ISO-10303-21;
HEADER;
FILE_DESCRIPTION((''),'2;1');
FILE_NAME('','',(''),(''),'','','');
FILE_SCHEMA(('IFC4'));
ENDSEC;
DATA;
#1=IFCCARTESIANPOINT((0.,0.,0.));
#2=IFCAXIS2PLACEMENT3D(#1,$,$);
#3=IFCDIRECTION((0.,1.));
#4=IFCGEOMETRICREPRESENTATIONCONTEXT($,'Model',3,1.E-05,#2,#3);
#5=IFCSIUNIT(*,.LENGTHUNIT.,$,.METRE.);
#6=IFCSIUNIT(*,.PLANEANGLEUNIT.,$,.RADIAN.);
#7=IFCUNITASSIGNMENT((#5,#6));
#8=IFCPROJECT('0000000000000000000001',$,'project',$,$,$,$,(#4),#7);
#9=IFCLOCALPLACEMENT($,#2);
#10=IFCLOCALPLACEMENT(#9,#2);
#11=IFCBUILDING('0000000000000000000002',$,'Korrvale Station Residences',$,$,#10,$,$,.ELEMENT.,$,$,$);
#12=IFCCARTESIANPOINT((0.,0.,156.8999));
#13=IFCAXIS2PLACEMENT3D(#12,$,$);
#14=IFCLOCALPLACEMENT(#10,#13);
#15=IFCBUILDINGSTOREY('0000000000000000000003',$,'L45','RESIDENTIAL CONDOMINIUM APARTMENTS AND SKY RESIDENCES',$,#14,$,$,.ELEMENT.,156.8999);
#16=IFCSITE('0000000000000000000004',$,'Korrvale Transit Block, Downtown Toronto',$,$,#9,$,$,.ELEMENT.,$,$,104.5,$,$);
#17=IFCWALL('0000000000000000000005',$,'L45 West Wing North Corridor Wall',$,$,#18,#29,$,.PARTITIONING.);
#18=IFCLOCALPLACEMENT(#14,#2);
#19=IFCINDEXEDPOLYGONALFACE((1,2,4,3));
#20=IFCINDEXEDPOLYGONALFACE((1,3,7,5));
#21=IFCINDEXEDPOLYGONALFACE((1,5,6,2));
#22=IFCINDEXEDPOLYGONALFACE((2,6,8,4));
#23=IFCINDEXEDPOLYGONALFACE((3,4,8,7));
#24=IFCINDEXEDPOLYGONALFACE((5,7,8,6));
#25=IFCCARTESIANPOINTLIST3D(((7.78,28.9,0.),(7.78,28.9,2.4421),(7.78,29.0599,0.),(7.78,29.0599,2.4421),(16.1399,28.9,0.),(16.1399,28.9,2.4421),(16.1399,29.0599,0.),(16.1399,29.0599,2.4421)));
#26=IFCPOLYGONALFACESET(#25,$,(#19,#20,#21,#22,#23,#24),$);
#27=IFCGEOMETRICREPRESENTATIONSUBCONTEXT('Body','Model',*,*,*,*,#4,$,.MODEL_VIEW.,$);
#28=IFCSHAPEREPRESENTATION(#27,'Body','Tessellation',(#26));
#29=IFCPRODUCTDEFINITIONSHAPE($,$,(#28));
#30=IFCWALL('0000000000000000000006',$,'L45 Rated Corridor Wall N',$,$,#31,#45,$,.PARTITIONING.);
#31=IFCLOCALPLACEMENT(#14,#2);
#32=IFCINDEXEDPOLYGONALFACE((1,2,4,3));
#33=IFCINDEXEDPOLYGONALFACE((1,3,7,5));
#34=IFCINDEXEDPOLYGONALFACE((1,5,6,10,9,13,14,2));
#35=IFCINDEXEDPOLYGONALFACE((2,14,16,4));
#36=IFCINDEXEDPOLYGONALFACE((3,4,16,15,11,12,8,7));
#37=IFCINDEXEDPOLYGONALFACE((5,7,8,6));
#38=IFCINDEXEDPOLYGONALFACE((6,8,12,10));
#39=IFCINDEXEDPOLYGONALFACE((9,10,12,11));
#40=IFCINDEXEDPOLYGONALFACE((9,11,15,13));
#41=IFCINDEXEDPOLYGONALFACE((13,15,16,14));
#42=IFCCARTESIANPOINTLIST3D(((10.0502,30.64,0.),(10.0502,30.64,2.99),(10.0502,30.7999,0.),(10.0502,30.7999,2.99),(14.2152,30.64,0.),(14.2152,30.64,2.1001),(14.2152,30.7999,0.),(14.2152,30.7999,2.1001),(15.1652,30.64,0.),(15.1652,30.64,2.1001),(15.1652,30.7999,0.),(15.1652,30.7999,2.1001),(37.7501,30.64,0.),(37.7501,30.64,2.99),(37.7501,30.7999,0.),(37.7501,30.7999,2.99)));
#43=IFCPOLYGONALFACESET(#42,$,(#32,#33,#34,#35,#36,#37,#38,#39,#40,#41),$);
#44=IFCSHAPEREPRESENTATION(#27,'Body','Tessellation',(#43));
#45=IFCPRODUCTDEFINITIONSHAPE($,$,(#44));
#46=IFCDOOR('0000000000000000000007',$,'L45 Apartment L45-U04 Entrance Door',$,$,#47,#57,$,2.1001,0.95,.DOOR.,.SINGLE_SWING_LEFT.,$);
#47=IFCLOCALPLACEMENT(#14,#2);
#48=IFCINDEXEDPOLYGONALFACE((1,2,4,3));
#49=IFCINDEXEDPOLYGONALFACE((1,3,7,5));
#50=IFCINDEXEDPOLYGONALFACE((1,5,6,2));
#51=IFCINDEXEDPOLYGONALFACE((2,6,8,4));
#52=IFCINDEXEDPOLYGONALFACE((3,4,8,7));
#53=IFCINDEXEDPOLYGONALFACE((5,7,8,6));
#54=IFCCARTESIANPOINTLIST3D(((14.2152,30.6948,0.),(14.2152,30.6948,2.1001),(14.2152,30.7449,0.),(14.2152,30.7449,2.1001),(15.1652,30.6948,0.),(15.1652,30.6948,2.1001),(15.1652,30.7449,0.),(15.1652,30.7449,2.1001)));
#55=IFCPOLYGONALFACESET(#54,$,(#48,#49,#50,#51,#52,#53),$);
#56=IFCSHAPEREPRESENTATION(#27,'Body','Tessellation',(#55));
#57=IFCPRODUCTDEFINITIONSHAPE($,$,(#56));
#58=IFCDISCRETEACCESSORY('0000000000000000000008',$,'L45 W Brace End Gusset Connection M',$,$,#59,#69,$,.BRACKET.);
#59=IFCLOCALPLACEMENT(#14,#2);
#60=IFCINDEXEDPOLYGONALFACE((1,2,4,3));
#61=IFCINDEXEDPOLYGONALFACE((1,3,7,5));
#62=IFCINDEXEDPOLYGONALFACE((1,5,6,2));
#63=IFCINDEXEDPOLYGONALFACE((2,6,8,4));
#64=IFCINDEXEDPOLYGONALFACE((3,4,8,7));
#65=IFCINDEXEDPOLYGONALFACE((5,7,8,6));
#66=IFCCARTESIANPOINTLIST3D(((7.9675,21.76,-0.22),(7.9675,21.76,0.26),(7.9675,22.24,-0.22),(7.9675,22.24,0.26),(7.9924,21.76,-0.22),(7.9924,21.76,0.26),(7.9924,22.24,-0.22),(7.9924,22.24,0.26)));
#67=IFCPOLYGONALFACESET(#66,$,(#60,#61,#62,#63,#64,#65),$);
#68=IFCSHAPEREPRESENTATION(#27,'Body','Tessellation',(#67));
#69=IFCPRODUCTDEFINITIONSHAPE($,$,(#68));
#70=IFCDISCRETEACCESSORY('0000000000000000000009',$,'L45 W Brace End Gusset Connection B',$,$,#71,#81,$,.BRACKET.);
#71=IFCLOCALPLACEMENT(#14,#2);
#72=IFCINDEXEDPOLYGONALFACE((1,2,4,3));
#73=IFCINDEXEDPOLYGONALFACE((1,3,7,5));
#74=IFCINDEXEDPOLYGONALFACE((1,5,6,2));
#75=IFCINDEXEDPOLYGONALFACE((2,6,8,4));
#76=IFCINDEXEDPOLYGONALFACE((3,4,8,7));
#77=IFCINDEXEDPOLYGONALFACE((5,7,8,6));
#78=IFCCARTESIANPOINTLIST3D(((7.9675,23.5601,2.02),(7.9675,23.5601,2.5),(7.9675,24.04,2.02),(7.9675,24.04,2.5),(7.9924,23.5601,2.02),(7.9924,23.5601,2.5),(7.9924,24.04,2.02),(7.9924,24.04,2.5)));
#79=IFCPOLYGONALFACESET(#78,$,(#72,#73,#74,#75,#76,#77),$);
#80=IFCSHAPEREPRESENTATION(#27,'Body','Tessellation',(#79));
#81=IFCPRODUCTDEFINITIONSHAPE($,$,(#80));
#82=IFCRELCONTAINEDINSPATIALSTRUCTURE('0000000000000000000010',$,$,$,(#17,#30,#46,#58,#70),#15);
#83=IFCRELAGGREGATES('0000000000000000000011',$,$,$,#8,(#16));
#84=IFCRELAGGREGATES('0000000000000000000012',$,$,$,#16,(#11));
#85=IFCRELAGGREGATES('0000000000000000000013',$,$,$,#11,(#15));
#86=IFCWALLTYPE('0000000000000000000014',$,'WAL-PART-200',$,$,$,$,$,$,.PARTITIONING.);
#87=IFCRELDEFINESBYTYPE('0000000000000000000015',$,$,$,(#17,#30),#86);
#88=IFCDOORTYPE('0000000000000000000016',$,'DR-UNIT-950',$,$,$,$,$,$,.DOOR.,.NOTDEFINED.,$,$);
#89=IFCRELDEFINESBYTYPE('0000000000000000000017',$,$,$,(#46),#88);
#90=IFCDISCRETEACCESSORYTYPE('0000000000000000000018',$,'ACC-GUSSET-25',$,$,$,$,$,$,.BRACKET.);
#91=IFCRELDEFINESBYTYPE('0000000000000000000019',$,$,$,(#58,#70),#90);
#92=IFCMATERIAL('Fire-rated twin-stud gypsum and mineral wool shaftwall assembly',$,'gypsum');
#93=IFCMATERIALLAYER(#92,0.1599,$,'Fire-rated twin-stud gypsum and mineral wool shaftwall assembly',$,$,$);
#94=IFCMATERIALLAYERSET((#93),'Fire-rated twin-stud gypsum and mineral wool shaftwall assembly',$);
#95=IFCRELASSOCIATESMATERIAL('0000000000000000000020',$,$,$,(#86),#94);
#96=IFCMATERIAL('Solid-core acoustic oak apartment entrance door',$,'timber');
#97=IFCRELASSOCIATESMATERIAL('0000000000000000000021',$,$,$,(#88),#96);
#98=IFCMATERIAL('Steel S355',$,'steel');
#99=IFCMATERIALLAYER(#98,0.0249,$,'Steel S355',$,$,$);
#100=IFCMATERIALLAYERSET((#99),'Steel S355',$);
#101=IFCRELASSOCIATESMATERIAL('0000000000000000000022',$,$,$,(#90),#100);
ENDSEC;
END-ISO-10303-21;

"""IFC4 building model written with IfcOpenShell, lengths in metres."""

from ifc_helpers import new_model, si_unit, direction, frame, frame_2d, origin, origin_2d, place, context, subcontext, project, spatial, rectangle, extrude, material, layer, layer_set, type_object, element, fill, save


model = new_model("IFC4")

# Units and contexts
model_context = context("Model", 3, precision=1e-05, world=origin(), true_north=direction((0.0, 1.0)))
body_context = subcontext(model_context, "Body", "Model", "MODEL_VIEW")
ifc_project = project(units=[si_unit("LENGTHUNIT", "METRE"), si_unit("PLANEANGLEUNIT", "RADIAN")], contexts=[model_context])

# Site, building, storey
site_placement = place(None, origin())
site = spatial("IfcSite", under=ifc_project, at=site_placement, Name="Korrvale Transit Block, Downtown Toronto", CompositionType="ELEMENT", RefElevation=104.5)
building_placement = place(site_placement, origin())
building = spatial("IfcBuilding", under=site, at=building_placement, Name="Korrvale Station Residences", CompositionType="ELEMENT")
storey_placement = place(building_placement, frame((0.0, 0.0, 156.8999)))
storey = spatial("IfcBuildingStorey", under=building, at=storey_placement, Name="L45", Description="RESIDENTIAL CONDOMINIUM APARTMENTS AND SKY RESIDENCES", CompositionType="ELEMENT", Elevation=156.8999)

# Shared definitions
ifc_material_1 = material(Name="Steel S355", Category="steel")

# Wall
ifc_material_2 = material(Name="Fire-rated twin-stud gypsum and mineral wool shaftwall assembly", Category="gypsum")
ifc_layer_1 = layer(ifc_material_2, 0.1599, Name="Fire-rated twin-stud gypsum and mineral wool shaftwall assembly")
ifc_layer_set_1 = layer_set([ifc_layer_1], Name="Fire-rated twin-stud gypsum and mineral wool shaftwall assembly")
wall_type_1 = type_object("IfcWallType", Name="WAL-PART-200", PredefinedType="PARTITIONING", material=ifc_layer_set_1)
wall_1_placement = place(storey_placement, frame((7.78, 28.98, 0.0), z_axis=(0.0, 0.0, 1.0), x_axis=(1.0, 0.0, 0.0)))
element("IfcWall", 1, at=wall_1_placement, inside=storey, type_object=wall_type_1, Name="L45 West Wing North Corridor Wall", PredefinedType="PARTITIONING", context=body_context, shape_type="SweptSolid", body=[
    extrude(rectangle(XDim=8.3599, YDim=0.1599, at=frame_2d((4.1799, 0.0))), origin(), (0.0, 0.0, 1.0), 2.4421),
])

# Wall, opening, door
wall_2_placement = place(storey_placement, frame((10.05, 30.72, 0.0), z_axis=(0.0, 0.0, 1.0), x_axis=(1.0, 0.0, 0.0)))
wall_2 = element("IfcWall", 2, at=wall_2_placement, inside=storey, type_object=wall_type_1, Name="L45 Rated Corridor Wall N", PredefinedType="PARTITIONING", context=body_context, shape_type="SweptSolid", body=[
    extrude(rectangle(XDim=27.7, YDim=0.1599, at=frame_2d((13.8501, 0.0))), origin(), (0.0, 0.0, 1.0), 2.99),
])
opening_1_placement = place(wall_2_placement, frame((4.165, 0.0, 0.0)))
opening_1 = element("IfcOpeningElement", 3, at=opening_1_placement, cuts=wall_2, PredefinedType="OPENING", context=body_context, shape_type="SweptSolid", body=[
    extrude(rectangle(XDim=0.95, YDim=2.1001, at=frame_2d((0.4751, 1.05))), frame((0.0, 0.0898, 0.0), z_axis=(0.0, -1.0, 0.0), x_axis=(1.0, 0.0, 0.0)), (0.0, 0.0, 1.0), 0.1799),
])
ifc_material_3 = material(Name="Solid-core acoustic oak apartment entrance door", Category="timber")
door_type_1 = type_object("IfcDoorType", Name="DR-UNIT-950", OperationType="NOTDEFINED", PredefinedType="DOOR", material=ifc_material_3)
door_1_placement = place(opening_1_placement, origin())
door_1 = element("IfcDoor", 4, at=door_1_placement, inside=storey, type_object=door_type_1, Name="L45 Apartment L45-U04 Entrance Door", OperationType="SINGLE_SWING_LEFT", OverallHeight=2.1001, OverallWidth=0.95, PredefinedType="DOOR", context=body_context, shape_type="SweptSolid", body=[
    extrude(rectangle(XDim=0.95, YDim=2.1001, at=frame_2d((0.4751, 1.05))), frame((0.0, 0.0249, 0.0), z_axis=(0.0, -1.0, 0.0), x_axis=(1.0, 0.0, 0.0)), (0.0, 0.0, 1.0), 0.05),
])
fill(opening_1, door_1)

# Discrete accessories
ifc_layer_2 = layer(ifc_material_1, 0.0249, Name="Steel S355")
ifc_layer_set_2 = layer_set([ifc_layer_2], Name="Steel S355")
discrete_accessory_type = type_object("IfcDiscreteAccessoryType", Name="ACC-GUSSET-25", PredefinedType="BRACKET", material=ifc_layer_set_2)
for number, where, z_axis, x_axis, name in (
    (5, (7.98, 22.0, -0.22), (0.0, 0.0, 1.0), (0.0, 1.0, 0.0), "L45 W Brace End Gusset Connection M"),
    (6, (7.98, 23.8, 2.02), (0.0, 0.0, 1.0), (0.0, 1.0, 0.0), "L45 W Brace End Gusset Connection B"),
):
    element("IfcDiscreteAccessory", number, at=place(storey_placement, frame(where, z_axis=z_axis, x_axis=x_axis)), inside=storey, type_object=discrete_accessory_type, Name=name, PredefinedType="BRACKET", context=body_context, shape_type="SweptSolid", body=[
        extrude(rectangle(XDim=0.48, YDim=0.0249, at=origin_2d()), origin(), (0.0, 0.0, 1.0), 0.48),
    ])

save(model, "model.ifc")
